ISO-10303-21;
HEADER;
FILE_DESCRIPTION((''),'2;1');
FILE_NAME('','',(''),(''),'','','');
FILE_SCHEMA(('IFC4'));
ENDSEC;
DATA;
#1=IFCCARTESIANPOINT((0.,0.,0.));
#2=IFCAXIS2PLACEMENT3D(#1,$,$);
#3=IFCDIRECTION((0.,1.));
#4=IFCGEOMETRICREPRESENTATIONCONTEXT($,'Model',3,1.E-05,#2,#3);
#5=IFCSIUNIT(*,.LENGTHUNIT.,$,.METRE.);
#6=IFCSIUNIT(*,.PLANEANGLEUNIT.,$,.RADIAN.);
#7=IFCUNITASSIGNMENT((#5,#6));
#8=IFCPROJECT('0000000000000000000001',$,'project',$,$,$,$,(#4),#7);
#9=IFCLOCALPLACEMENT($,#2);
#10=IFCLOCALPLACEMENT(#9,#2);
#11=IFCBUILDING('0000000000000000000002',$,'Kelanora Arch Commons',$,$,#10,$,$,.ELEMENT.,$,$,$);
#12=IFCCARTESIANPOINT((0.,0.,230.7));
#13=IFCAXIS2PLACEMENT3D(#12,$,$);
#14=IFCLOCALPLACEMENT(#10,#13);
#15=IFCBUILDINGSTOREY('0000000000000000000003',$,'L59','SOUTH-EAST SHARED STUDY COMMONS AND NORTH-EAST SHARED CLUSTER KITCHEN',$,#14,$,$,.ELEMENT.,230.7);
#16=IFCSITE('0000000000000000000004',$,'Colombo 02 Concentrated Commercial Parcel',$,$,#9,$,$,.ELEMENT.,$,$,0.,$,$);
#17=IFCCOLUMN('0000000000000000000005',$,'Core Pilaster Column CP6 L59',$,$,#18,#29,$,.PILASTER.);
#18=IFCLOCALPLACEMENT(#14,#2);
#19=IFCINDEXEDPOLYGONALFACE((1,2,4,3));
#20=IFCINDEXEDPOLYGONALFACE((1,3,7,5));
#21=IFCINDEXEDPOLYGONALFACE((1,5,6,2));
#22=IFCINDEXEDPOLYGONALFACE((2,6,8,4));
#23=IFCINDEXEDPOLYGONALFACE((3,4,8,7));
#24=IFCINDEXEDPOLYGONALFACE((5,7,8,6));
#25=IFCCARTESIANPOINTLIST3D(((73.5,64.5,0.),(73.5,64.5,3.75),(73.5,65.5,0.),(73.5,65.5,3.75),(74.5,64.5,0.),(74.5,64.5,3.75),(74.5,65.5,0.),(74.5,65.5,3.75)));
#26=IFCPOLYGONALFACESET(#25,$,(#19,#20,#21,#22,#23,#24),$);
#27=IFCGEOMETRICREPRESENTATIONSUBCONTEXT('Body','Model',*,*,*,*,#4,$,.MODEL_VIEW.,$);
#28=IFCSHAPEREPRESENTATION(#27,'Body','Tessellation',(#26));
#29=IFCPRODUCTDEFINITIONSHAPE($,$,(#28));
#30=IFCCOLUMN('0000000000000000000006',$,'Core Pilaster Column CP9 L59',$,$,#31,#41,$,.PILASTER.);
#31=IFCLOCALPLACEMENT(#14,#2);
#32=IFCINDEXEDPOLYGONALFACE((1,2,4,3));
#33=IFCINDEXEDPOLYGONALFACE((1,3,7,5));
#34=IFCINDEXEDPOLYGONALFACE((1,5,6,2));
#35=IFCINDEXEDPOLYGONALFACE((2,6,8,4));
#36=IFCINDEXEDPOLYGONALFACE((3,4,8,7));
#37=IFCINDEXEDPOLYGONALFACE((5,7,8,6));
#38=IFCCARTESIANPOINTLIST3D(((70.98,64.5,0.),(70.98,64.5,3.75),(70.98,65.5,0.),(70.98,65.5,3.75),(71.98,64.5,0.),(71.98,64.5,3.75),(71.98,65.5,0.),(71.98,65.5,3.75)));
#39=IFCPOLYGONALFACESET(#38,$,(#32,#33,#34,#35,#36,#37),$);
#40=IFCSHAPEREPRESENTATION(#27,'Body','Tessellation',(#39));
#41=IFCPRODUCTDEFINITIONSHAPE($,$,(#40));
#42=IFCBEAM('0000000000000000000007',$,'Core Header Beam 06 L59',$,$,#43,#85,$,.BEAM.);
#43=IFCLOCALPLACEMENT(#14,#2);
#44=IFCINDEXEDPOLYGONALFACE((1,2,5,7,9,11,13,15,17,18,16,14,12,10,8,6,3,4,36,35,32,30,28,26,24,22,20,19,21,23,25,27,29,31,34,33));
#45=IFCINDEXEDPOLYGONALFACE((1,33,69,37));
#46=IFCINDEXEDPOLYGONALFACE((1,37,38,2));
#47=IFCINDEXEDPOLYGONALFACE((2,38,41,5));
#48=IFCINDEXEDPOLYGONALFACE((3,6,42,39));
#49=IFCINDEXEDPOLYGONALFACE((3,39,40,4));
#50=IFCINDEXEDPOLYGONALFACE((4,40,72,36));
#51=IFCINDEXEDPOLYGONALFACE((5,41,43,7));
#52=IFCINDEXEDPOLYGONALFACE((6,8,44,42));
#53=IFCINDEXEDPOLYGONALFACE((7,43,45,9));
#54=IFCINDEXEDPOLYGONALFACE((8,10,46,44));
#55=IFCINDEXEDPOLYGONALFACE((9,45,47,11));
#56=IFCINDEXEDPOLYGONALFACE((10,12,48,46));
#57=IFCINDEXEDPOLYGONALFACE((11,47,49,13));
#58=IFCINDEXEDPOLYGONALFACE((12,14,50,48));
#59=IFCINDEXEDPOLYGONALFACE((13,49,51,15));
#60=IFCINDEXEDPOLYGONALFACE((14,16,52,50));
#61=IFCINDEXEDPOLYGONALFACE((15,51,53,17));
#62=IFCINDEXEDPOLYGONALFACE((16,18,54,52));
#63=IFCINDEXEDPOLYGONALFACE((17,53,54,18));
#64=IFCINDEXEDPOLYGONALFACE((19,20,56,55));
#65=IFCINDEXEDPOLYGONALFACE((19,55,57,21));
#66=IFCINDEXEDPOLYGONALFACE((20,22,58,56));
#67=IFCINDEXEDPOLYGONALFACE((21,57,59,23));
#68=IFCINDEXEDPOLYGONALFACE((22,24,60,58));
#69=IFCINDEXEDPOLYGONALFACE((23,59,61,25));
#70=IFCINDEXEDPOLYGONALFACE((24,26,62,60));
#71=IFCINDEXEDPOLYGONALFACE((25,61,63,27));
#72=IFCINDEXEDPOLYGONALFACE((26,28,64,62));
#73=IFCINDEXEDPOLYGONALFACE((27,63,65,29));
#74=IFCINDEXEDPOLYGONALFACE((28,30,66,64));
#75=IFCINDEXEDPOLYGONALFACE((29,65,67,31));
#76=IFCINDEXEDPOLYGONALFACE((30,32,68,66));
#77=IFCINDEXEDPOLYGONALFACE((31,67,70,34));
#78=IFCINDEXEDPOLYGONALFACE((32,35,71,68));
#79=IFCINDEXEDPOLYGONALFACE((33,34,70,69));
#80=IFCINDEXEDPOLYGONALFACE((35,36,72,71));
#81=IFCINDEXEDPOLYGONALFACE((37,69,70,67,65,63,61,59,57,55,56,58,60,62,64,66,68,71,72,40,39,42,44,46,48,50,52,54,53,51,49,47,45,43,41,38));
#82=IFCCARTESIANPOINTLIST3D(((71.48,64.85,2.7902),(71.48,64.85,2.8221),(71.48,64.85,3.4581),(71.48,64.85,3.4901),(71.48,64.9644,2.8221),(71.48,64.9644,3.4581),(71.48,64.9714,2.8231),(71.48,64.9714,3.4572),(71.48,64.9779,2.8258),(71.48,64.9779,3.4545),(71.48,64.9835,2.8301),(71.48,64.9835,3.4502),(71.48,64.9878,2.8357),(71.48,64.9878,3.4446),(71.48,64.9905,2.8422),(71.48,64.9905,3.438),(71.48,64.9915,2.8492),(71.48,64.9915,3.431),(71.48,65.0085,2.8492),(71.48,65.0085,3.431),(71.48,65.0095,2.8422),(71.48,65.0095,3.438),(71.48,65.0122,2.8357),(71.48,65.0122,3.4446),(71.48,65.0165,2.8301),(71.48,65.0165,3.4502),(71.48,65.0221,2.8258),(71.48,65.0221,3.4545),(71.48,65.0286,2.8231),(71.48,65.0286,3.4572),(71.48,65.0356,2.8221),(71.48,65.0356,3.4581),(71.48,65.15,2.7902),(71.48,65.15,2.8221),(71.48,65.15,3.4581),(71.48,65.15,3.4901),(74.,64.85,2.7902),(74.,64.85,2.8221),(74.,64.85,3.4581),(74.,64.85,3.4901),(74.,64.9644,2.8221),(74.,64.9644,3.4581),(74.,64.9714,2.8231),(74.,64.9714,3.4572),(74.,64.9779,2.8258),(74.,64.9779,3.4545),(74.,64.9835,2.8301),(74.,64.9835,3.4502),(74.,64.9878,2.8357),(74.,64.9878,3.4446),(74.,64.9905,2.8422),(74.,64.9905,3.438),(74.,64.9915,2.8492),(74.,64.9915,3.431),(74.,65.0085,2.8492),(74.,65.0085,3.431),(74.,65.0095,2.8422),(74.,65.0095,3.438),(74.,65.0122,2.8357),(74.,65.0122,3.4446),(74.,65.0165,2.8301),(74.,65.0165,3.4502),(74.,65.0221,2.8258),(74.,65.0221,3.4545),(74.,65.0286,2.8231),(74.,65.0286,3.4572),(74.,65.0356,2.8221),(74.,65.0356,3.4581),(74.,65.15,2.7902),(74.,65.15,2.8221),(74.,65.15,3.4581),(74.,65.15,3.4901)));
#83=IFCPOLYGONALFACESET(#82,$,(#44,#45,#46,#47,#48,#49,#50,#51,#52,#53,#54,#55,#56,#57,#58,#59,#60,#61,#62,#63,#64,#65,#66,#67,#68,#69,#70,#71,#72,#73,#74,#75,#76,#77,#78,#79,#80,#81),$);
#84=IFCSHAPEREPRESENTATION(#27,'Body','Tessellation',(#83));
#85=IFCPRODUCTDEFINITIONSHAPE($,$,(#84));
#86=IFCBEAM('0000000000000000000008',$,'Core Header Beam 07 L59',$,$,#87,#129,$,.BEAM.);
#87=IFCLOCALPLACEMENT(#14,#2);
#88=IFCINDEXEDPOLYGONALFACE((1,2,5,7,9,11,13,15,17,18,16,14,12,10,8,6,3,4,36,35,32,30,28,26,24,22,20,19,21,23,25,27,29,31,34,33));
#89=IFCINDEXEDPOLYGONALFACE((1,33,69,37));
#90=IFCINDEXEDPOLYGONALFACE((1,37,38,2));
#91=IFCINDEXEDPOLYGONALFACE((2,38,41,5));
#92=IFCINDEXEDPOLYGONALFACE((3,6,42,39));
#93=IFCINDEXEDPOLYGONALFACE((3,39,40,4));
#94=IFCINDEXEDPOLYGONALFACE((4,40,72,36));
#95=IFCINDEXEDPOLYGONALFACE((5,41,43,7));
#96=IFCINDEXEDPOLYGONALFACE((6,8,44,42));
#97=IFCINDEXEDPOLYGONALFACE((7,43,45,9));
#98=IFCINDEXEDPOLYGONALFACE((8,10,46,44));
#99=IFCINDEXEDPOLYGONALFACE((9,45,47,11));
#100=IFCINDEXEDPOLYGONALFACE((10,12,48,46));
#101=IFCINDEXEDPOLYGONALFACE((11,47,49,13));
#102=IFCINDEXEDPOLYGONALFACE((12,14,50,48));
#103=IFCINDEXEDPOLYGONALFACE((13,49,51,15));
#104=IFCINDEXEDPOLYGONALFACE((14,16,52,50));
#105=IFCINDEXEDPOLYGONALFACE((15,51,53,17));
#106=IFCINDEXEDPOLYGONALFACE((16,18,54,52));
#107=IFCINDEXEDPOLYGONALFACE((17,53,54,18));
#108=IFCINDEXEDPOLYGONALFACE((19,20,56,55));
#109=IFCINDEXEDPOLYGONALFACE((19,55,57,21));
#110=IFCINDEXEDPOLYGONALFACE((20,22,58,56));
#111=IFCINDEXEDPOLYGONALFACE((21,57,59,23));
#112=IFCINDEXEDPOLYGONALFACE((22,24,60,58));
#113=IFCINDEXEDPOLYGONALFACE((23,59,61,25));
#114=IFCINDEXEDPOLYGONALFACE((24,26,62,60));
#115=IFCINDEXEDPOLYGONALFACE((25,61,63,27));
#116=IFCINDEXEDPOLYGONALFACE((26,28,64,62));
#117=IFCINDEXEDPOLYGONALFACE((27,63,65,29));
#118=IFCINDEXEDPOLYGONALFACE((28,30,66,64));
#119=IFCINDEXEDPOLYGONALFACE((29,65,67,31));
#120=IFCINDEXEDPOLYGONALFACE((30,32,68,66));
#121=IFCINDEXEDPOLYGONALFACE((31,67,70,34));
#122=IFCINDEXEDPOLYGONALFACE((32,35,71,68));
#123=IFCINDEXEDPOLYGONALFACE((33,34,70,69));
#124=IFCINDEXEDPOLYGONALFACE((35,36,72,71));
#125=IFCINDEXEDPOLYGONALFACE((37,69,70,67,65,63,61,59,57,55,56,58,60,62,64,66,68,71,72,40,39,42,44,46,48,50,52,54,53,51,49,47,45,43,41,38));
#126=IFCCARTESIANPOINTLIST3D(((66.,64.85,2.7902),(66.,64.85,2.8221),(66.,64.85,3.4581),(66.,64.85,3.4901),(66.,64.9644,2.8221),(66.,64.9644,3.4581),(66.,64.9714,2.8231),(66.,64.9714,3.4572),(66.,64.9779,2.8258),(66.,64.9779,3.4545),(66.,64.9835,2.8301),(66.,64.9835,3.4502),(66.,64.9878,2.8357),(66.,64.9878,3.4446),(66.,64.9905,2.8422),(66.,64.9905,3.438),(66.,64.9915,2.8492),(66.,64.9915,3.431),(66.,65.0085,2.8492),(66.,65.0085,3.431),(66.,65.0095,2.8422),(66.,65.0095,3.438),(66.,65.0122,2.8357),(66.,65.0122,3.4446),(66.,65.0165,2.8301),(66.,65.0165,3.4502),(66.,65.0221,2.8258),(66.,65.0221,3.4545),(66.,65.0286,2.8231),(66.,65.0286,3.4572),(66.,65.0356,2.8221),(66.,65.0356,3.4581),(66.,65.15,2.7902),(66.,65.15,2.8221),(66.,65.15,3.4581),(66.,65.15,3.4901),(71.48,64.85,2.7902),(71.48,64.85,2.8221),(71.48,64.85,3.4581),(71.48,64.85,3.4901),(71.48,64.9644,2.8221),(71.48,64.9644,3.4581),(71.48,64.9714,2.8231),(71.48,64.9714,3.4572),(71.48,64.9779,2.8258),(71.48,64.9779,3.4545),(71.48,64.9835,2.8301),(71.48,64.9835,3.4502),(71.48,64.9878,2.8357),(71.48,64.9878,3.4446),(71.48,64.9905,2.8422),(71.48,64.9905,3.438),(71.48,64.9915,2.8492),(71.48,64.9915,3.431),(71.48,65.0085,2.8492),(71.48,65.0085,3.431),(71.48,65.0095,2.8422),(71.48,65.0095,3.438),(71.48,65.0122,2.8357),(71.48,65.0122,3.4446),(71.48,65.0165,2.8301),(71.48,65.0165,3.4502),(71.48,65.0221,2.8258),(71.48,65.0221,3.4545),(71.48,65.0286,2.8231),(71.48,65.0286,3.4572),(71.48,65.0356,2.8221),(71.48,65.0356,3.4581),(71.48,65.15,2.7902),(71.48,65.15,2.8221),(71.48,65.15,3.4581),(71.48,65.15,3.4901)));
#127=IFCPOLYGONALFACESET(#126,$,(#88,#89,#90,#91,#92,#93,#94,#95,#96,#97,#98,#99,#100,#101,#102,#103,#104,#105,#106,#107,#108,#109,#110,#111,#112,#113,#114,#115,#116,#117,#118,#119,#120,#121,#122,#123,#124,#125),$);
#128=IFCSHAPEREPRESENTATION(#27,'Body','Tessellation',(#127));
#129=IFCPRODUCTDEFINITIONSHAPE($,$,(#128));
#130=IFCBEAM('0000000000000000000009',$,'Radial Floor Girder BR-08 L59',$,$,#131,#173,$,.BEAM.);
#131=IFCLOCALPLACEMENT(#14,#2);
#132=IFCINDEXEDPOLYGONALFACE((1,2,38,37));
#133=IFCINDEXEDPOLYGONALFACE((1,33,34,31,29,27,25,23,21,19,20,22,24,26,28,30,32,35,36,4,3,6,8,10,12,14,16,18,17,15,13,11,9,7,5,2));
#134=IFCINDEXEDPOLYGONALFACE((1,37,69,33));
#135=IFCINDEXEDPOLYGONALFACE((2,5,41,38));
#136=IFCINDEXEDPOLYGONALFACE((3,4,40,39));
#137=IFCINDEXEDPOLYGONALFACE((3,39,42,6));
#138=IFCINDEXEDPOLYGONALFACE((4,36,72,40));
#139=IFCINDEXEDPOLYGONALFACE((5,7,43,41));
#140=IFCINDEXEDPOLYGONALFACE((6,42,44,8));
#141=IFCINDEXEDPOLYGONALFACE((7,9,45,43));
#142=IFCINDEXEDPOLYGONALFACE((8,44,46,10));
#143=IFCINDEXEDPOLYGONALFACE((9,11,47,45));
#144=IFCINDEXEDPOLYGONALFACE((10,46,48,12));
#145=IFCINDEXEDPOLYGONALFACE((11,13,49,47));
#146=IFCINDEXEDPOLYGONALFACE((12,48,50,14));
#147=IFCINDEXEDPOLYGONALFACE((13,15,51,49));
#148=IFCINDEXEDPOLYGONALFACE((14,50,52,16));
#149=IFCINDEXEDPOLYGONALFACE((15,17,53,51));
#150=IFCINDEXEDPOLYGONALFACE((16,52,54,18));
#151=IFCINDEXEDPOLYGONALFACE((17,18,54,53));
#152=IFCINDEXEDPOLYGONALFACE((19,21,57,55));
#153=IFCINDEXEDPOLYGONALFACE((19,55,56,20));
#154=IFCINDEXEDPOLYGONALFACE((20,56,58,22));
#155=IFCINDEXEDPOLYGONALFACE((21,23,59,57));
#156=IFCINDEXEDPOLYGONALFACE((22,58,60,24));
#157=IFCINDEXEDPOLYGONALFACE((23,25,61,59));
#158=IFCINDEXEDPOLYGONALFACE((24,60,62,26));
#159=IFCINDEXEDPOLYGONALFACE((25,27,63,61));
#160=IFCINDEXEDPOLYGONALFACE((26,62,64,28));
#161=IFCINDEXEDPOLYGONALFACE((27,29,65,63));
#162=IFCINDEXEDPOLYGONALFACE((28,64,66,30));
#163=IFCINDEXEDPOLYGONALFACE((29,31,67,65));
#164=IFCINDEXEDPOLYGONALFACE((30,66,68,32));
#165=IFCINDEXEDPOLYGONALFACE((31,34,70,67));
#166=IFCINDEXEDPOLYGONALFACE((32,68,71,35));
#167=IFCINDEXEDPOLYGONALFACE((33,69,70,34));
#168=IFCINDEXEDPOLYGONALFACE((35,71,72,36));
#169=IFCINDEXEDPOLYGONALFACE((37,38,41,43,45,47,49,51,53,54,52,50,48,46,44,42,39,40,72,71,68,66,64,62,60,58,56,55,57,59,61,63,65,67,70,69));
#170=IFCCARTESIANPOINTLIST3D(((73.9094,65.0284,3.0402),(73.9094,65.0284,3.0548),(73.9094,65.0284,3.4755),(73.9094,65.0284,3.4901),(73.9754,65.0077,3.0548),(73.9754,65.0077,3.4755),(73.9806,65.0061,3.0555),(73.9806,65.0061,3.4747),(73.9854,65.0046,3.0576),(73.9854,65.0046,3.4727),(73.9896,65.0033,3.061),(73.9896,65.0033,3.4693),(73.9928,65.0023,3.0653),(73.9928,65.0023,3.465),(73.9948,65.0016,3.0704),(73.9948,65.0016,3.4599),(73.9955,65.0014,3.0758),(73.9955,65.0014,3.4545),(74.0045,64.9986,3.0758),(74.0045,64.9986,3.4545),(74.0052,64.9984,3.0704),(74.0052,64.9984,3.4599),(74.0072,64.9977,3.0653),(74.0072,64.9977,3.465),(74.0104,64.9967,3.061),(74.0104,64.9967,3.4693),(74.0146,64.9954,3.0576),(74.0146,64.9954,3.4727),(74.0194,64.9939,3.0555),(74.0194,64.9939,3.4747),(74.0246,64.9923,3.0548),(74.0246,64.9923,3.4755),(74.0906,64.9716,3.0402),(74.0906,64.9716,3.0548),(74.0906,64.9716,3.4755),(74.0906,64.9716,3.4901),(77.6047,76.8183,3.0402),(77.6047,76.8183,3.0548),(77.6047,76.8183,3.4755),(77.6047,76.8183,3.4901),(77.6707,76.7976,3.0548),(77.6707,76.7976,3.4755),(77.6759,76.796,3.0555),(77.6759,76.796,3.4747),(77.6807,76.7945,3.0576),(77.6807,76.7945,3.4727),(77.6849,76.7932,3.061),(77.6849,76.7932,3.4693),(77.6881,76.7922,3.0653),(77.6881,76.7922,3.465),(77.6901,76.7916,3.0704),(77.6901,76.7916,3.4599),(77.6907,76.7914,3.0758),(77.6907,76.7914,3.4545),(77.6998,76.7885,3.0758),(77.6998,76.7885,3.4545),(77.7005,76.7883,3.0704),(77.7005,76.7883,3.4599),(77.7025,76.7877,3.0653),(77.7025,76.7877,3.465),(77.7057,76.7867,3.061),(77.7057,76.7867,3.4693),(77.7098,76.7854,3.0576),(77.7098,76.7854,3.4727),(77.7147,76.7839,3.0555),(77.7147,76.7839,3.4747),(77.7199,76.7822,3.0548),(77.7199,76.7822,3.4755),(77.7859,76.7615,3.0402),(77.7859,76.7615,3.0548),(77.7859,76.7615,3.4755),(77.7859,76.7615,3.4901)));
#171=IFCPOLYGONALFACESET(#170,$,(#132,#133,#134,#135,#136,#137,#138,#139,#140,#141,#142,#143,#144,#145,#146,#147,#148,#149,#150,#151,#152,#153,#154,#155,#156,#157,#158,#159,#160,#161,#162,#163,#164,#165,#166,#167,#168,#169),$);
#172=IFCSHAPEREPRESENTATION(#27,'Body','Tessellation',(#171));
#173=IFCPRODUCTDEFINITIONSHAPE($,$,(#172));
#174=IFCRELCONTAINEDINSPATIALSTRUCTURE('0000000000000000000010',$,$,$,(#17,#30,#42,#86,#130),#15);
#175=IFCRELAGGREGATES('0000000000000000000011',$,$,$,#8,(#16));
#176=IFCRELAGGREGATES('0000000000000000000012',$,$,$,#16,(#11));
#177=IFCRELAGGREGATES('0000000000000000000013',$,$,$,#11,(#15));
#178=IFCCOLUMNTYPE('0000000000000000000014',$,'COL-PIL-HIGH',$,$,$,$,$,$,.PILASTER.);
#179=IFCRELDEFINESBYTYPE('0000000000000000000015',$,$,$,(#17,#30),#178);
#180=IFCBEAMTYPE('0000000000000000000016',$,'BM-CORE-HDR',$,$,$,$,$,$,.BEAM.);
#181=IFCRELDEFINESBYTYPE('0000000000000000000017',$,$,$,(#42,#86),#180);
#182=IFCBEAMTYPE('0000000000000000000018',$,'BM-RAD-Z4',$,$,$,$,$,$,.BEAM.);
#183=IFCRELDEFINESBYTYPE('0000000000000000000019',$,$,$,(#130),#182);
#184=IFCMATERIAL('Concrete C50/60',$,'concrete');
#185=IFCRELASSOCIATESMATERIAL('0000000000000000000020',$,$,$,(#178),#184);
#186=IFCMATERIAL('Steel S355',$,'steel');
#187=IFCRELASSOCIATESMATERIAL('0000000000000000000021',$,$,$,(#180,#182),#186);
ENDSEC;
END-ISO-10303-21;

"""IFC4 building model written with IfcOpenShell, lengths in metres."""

from ifc_helpers import new_model, si_unit, direction, frame, origin, origin_2d, place, context, subcontext, project, spatial, rectangle, i_section, extrude, material, material_profile, profile_set, type_object, element, save


model = new_model("IFC4")

# Units and contexts
model_context = context("Model", 3, precision=1e-05, world=origin(), true_north=direction((0.0, 1.0)))
body_context = subcontext(model_context, "Body", "Model", "MODEL_VIEW")
ifc_project = project(units=[si_unit("LENGTHUNIT", "METRE"), si_unit("PLANEANGLEUNIT", "RADIAN")], contexts=[model_context])

# Site, building, storey
site_placement = place(None, origin())
site = spatial("IfcSite", under=ifc_project, at=site_placement, Name="Colombo 02 Concentrated Commercial Parcel", CompositionType="ELEMENT", RefElevation=0.0)
building_placement = place(site_placement, origin())
building = spatial("IfcBuilding", under=site, at=building_placement, Name="Kelanora Arch Commons", CompositionType="ELEMENT")
storey_placement = place(building_placement, frame((0.0, 0.0, 230.7)))
storey = spatial("IfcBuildingStorey", under=building, at=storey_placement, Name="L59", Description="SOUTH-EAST SHARED STUDY COMMONS AND NORTH-EAST SHARED CLUSTER KITCHEN", CompositionType="ELEMENT", Elevation=230.7)

# Columns
ifc_material_1 = material(Name="Concrete C50/60", Category="concrete")
ifc_material_profile_1 = material_profile(ifc_material_1, rectangle(XDim=1.0, YDim=1.0, at=origin_2d()), Name="RC1000x1000")
ifc_profile_set_1 = profile_set([ifc_material_profile_1], Name="Concrete C50/60")
column_type = type_object("IfcColumnType", Name="COL-PIL-HIGH", PredefinedType="PILASTER", material=ifc_profile_set_1)
for number, where, z_axis, x_axis, name in (
    (1, (74.0, 65.0, 0.0), (0.0, 0.0, 1.0), (1.0, 0.0, 0.0), "Core Pilaster Column CP6 L59"),
    (2, (71.48, 65.0, 0.0), (0.0, 0.0, 1.0), (1.0, 0.0, 0.0), "Core Pilaster Column CP9 L59"),
):
    element("IfcColumn", number, at=place(storey_placement, frame(where, z_axis=z_axis, x_axis=x_axis)), inside=storey, type_object=column_type, Name=name, PredefinedType="PILASTER", context=body_context, shape_type="SweptSolid", body=[
        extrude(rectangle(XDim=1.0, YDim=1.0, at=origin_2d()), origin(), (0.0, 0.0, 1.0), 3.75),
    ])

# Beams
ifc_material_2 = material(Name="Steel S355", Category="steel")
ifc_material_profile_2 = material_profile(ifc_material_2, i_section(OverallWidth=0.3, OverallDepth=0.7, WebThickness=0.0171, FlangeThickness=0.032, FilletRadius=0.0271, at=origin_2d()), Name="HEB700")
ifc_profile_set_2 = profile_set([ifc_material_profile_2], Name="Steel S355")
beam_type_1 = type_object("IfcBeamType", Name="BM-CORE-HDR", PredefinedType="BEAM", material=ifc_profile_set_2)
beam_1_placement = place(storey_placement, frame((74.0, 65.0, 3.1401), z_axis=(-1.0, 0.0, 0.0), x_axis=(0.0, -1.0, 0.0)))
element("IfcBeam", 3, at=beam_1_placement, inside=storey, type_object=beam_type_1, Name="Core Header Beam 06 L59", PredefinedType="BEAM", context=body_context, shape_type="SweptSolid", body=[
    extrude(i_section(OverallWidth=0.3, OverallDepth=0.7, WebThickness=0.0171, FlangeThickness=0.032, FilletRadius=0.0271, at=origin_2d()), origin(), (0.0, 0.0, 1.0), 2.52),
])
beam_2_placement = place(storey_placement, frame((71.48, 65.0, 3.1401), z_axis=(-1.0, 0.0, 0.0), x_axis=(0.0, -1.0, 0.0)))
element("IfcBeam", 4, at=beam_2_placement, inside=storey, type_object=beam_type_1, Name="Core Header Beam 07 L59", PredefinedType="BEAM", context=body_context, shape_type="SweptSolid", body=[
    extrude(i_section(OverallWidth=0.3, OverallDepth=0.7, WebThickness=0.0171, FlangeThickness=0.032, FilletRadius=0.0271, at=origin_2d()), origin(), (0.0, 0.0, 1.0), 5.48),
])
ifc_material_profile_3 = material_profile(ifc_material_2, i_section(OverallWidth=0.1899, OverallDepth=0.45, WebThickness=0.0095, FlangeThickness=0.0146, FilletRadius=0.021, at=origin_2d()), Name="IPE450")
ifc_profile_set_3 = profile_set([ifc_material_profile_3], Name="Steel S355")
beam_type_2 = type_object("IfcBeamType", Name="BM-RAD-Z4", PredefinedType="BEAM", material=ifc_profile_set_3)
beam_3_placement = place(storey_placement, frame((74.0, 65.0, 3.2651), z_axis=(0.29908, 0.954228, 0.0), x_axis=(-0.954228, 0.29908, 0.0)))
element("IfcBeam", 5, at=beam_3_placement, inside=storey, type_object=beam_type_2, Name="Radial Floor Girder BR-08 L59", PredefinedType="BEAM", context=body_context, shape_type="SweptSolid", body=[
    extrude(i_section(OverallWidth=0.1899, OverallDepth=0.45, WebThickness=0.0095, FlangeThickness=0.0146, FilletRadius=0.021, at=origin_2d()), origin(), (0.0, 0.0, 1.0), 12.3555),
])

save(model, "model.ifc")
